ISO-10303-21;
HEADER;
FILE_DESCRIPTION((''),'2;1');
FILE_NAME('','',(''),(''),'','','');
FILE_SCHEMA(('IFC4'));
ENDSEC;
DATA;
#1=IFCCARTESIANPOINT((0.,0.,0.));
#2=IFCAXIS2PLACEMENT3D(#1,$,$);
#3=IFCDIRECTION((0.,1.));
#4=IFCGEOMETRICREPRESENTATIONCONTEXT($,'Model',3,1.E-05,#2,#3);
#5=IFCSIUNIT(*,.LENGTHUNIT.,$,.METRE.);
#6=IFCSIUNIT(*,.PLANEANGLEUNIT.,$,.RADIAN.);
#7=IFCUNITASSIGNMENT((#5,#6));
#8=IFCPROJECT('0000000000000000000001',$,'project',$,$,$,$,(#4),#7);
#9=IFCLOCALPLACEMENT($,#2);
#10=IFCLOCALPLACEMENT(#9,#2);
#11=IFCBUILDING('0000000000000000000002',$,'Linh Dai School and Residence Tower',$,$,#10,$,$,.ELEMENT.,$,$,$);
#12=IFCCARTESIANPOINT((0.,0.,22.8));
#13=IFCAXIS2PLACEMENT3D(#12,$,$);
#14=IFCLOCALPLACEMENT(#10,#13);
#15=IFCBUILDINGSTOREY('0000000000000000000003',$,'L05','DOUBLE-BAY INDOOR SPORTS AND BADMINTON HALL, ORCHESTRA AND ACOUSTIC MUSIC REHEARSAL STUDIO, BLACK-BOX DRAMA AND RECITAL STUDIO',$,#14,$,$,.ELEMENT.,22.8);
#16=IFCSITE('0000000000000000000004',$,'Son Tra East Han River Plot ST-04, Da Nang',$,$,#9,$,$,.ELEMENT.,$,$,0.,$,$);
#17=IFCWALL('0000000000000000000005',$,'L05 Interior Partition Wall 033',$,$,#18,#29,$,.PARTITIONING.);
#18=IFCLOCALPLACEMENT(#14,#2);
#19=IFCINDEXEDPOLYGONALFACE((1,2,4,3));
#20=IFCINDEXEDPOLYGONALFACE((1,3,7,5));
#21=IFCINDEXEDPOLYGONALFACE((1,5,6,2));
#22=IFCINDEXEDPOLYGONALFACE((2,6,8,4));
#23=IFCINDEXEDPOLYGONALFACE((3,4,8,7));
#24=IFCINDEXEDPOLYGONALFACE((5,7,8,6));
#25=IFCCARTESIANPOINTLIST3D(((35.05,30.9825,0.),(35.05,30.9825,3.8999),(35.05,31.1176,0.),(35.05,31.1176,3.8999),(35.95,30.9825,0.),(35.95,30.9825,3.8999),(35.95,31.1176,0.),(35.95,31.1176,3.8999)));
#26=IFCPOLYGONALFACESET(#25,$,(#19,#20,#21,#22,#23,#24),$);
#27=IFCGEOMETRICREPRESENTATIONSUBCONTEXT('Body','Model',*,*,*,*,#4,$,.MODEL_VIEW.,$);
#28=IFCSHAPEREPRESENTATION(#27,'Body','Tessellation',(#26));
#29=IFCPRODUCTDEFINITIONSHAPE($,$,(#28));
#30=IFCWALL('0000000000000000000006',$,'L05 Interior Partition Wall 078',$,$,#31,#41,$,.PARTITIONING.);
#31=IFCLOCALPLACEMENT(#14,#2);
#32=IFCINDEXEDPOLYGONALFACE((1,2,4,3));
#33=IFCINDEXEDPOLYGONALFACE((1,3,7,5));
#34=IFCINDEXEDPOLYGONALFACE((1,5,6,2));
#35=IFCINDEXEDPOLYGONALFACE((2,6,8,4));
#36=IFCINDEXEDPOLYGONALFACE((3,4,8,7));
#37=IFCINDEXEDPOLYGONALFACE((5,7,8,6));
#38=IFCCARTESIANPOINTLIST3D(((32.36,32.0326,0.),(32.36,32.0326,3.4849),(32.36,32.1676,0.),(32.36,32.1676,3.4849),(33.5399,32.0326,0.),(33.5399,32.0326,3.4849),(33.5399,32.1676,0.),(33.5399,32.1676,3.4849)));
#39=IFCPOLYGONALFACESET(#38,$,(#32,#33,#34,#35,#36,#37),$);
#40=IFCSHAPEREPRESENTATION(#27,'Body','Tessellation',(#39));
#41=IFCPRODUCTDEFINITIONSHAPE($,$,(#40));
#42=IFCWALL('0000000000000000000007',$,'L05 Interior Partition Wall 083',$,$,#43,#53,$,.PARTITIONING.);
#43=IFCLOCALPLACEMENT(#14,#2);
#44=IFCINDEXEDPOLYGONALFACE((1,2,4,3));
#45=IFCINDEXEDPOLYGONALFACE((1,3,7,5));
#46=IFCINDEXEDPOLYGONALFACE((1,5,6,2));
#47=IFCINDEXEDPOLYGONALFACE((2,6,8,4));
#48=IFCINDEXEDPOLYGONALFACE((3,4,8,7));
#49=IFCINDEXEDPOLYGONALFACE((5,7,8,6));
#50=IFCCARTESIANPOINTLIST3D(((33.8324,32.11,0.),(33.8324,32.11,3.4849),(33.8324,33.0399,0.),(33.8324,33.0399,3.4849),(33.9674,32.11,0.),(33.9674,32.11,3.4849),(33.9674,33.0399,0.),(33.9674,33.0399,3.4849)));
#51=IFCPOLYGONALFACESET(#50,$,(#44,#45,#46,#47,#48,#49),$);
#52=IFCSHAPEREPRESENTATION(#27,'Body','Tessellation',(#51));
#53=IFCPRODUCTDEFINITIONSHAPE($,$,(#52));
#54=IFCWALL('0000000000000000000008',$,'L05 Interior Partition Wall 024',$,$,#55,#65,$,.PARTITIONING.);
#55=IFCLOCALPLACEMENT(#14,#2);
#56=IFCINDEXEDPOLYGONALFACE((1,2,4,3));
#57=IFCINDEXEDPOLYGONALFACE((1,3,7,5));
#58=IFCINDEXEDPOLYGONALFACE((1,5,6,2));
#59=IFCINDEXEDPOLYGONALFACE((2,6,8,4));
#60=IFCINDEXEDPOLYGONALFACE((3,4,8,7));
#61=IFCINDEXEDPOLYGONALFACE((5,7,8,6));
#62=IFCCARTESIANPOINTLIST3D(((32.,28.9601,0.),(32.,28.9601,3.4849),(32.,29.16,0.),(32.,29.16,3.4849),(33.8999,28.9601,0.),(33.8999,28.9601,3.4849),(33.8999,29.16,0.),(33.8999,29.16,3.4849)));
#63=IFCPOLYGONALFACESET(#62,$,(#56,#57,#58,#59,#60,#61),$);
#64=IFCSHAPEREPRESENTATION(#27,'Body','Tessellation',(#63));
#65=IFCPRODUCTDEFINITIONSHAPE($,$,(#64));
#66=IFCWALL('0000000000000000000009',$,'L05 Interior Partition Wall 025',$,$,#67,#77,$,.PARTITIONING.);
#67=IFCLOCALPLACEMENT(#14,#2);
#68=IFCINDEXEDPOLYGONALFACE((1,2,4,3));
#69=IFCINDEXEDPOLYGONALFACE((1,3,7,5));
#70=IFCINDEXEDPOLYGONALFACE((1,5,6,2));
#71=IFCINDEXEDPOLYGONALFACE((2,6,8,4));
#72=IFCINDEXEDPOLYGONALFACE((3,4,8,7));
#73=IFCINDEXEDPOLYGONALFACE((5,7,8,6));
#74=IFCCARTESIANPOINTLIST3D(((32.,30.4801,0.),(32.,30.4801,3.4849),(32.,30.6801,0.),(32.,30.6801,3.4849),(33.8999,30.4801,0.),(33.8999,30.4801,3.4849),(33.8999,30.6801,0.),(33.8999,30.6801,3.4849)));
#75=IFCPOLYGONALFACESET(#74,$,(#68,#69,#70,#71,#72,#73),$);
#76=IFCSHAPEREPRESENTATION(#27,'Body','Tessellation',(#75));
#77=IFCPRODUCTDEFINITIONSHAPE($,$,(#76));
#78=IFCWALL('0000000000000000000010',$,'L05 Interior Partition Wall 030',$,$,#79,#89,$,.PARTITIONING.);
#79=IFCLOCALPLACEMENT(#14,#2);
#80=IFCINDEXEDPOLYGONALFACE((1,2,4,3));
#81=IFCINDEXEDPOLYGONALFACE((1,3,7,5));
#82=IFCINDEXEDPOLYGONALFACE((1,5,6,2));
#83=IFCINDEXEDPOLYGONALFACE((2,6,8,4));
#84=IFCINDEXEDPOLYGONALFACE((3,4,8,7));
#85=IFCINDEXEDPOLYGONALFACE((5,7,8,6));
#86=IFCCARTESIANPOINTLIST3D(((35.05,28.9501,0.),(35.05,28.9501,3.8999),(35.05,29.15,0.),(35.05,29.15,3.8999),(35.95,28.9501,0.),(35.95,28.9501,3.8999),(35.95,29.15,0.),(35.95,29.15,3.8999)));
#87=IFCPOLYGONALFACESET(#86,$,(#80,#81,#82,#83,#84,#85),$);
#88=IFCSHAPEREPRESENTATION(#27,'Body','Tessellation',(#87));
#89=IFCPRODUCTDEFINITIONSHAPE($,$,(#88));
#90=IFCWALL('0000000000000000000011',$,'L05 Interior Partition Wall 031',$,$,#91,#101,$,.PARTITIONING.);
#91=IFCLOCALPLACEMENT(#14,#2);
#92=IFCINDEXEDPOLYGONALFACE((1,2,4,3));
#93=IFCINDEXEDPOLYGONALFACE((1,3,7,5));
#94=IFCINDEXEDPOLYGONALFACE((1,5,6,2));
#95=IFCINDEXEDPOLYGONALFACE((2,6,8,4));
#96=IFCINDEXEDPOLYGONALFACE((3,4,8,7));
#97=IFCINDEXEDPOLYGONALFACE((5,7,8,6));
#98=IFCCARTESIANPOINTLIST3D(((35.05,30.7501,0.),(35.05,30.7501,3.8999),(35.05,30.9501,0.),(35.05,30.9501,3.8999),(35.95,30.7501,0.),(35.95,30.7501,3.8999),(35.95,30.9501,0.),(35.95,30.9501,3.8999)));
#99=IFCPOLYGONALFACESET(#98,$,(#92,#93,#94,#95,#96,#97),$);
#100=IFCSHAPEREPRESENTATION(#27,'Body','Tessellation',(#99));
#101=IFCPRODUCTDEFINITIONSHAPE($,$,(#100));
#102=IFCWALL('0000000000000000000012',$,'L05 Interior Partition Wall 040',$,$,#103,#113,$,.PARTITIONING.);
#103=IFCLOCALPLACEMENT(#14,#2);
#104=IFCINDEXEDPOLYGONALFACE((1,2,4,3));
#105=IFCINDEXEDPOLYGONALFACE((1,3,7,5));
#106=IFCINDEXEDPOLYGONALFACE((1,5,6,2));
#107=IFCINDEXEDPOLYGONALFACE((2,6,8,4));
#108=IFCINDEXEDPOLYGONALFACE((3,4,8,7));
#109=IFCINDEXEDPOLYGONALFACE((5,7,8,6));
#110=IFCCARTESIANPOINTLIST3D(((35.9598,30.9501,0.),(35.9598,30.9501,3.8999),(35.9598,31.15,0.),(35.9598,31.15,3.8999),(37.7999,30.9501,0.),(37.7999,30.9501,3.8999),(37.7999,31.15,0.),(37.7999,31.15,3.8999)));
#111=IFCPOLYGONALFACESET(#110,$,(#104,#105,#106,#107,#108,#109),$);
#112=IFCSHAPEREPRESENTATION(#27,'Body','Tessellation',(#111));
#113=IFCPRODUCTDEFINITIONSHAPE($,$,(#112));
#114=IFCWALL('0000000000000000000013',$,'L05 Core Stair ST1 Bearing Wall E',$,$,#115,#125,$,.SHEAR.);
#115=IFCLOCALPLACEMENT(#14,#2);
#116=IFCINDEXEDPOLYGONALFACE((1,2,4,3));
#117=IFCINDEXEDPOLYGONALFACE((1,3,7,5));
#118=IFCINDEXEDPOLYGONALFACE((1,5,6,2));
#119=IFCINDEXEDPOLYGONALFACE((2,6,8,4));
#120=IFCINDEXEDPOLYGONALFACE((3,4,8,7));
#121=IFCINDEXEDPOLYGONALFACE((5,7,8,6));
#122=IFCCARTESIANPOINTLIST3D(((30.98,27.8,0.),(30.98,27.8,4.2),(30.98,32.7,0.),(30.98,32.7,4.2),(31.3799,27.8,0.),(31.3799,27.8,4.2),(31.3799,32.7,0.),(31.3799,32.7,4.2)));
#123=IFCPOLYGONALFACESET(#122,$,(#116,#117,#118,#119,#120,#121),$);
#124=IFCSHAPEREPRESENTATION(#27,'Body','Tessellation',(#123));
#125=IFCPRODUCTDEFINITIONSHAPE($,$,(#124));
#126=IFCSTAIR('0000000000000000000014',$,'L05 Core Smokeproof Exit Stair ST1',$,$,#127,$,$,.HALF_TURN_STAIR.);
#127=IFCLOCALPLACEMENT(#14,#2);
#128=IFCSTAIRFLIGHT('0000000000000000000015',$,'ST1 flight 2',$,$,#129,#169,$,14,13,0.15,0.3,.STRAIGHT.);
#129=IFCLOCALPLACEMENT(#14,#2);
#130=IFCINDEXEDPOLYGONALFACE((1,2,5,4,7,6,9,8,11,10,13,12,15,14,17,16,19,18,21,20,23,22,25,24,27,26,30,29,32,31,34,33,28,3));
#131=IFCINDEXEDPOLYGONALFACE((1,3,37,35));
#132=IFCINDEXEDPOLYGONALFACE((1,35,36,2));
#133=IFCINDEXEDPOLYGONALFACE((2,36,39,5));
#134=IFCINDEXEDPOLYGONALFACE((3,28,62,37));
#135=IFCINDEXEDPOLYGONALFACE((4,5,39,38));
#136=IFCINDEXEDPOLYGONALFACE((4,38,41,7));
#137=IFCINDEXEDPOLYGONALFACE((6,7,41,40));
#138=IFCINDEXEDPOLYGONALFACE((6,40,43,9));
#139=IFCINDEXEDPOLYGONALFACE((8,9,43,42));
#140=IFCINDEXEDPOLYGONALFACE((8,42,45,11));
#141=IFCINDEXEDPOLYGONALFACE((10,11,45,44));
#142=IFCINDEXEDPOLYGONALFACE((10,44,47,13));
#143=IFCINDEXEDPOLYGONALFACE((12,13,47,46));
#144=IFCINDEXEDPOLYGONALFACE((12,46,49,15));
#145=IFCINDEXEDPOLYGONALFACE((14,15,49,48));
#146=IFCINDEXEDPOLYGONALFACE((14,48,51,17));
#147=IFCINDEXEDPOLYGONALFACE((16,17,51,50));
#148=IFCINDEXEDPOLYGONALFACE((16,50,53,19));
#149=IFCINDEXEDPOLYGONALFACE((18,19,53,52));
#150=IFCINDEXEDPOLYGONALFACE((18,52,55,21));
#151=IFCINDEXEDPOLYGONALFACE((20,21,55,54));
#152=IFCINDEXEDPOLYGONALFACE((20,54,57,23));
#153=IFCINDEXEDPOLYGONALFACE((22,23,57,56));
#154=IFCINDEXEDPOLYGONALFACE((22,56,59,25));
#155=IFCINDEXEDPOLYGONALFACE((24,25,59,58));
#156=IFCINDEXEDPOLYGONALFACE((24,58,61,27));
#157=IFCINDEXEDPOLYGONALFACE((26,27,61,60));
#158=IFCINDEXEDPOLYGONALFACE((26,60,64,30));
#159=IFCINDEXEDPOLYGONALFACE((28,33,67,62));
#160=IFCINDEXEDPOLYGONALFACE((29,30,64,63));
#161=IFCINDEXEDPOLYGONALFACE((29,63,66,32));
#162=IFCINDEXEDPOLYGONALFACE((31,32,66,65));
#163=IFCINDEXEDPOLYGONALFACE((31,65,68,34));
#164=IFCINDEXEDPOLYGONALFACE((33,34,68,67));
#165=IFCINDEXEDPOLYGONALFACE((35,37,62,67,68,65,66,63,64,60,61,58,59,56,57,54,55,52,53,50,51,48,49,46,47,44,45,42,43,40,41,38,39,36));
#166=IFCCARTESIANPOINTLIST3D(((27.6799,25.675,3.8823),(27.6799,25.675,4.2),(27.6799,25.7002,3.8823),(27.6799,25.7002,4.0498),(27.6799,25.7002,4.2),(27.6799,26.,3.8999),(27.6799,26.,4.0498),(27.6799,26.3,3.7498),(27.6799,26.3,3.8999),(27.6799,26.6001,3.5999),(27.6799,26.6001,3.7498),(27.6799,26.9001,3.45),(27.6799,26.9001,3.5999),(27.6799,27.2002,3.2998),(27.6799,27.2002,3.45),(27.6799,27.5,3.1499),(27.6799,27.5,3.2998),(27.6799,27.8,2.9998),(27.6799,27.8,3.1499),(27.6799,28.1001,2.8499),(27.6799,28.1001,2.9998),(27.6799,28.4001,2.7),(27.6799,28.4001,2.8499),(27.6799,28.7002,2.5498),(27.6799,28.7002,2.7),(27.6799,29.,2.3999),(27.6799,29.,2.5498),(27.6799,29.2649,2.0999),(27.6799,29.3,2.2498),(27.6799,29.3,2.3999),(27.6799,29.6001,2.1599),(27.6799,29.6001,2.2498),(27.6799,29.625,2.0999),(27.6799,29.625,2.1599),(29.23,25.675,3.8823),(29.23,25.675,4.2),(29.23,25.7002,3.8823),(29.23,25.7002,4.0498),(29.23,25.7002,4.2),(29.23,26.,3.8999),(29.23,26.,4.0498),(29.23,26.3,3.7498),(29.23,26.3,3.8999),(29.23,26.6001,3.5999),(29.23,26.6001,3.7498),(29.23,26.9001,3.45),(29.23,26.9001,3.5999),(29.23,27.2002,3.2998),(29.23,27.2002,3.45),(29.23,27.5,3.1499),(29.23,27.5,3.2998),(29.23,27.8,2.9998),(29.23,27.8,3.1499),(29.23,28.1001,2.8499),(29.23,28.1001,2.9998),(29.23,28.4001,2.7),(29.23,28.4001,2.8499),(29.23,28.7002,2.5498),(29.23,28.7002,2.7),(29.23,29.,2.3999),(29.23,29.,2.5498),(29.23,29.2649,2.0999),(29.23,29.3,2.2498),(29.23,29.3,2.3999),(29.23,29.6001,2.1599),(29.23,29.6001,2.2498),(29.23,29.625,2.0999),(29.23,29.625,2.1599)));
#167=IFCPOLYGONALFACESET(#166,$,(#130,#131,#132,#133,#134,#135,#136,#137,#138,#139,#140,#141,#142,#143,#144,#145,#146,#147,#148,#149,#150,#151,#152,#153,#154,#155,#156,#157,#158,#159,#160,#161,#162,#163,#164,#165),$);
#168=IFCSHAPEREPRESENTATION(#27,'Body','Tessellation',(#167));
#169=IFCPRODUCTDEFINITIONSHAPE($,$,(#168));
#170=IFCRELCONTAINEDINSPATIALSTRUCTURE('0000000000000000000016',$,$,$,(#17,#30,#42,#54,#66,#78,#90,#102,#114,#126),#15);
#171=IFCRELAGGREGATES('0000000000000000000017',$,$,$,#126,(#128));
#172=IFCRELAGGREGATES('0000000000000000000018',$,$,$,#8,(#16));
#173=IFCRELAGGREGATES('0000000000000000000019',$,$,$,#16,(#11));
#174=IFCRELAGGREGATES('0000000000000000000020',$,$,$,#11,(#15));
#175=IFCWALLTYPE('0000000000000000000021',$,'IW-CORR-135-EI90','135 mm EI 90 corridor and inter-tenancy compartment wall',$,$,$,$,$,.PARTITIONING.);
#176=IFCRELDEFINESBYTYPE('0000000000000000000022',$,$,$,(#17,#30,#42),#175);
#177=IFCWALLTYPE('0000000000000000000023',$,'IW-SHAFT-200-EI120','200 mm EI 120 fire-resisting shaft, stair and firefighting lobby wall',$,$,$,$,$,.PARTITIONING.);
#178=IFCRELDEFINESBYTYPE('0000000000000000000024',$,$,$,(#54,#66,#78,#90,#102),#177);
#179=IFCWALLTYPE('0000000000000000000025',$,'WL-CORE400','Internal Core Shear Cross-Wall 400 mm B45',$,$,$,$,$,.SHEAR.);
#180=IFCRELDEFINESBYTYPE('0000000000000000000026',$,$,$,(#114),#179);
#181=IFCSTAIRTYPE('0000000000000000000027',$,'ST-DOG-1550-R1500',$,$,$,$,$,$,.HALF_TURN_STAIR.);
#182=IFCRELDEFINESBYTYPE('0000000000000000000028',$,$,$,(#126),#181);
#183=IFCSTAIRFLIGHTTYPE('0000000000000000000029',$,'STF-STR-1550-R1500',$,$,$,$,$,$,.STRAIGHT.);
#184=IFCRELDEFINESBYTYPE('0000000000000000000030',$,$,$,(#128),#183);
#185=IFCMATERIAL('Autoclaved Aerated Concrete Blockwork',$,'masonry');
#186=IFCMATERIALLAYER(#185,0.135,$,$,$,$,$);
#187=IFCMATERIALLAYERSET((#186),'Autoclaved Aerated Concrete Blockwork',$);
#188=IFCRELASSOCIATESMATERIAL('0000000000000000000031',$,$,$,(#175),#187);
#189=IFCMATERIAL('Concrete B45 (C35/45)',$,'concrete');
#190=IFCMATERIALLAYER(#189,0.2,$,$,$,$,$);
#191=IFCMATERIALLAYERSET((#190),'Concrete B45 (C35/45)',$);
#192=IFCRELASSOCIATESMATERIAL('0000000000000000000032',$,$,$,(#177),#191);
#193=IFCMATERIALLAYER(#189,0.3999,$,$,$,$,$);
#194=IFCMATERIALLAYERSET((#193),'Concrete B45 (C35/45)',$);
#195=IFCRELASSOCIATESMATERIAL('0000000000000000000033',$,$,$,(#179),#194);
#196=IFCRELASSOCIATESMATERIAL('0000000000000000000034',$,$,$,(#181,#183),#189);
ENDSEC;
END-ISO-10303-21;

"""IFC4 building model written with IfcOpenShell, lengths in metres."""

from ifc_helpers import new_model, si_unit, direction, frame, frame_2d, origin, place, context, subcontext, project, spatial, polyline, rectangle, outline, extrude, source, transform, mapped, material, layer, layer_set, type_object, element, aggregate, save


model = new_model("IFC4")

# Units and contexts
model_context = context("Model", 3, precision=1e-05, world=origin(), true_north=direction((0.0, 1.0)))
body_context = subcontext(model_context, "Body", "Model", "MODEL_VIEW")
ifc_project = project(units=[si_unit("LENGTHUNIT", "METRE"), si_unit("PLANEANGLEUNIT", "RADIAN")], contexts=[model_context])

# Site, building, storey
site_placement = place(None, origin())
site = spatial("IfcSite", under=ifc_project, at=site_placement, Name="Son Tra East Han River Plot ST-04, Da Nang", CompositionType="ELEMENT", RefElevation=0.0)
building_placement = place(site_placement, origin())
building = spatial("IfcBuilding", under=site, at=building_placement, Name="Linh Dai School and Residence Tower", CompositionType="ELEMENT")
storey_placement = place(building_placement, frame((0.0, 0.0, 22.8)))
storey = spatial("IfcBuildingStorey", under=building, at=storey_placement, Name="L05", Description="DOUBLE-BAY INDOOR SPORTS AND BADMINTON HALL, ORCHESTRA AND ACOUSTIC MUSIC REHEARSAL STUDIO, BLACK-BOX DRAMA AND RECITAL STUDIO", CompositionType="ELEMENT", Elevation=22.8)

# Shared definitions
ifc_material_1 = material(Name="Autoclaved Aerated Concrete Blockwork", Category="masonry")
ifc_layer_1 = layer(ifc_material_1, 0.135)
ifc_layer_set_1 = layer_set([ifc_layer_1], Name="Autoclaved Aerated Concrete Blockwork")
wall_type_1 = type_object("IfcWallType", Name="IW-CORR-135-EI90", Description="135 mm EI 90 corridor and inter-tenancy compartment wall", PredefinedType="PARTITIONING", material=ifc_layer_set_1)

# Walls
wall_1_placement = place(storey_placement, frame((35.05, 31.05, 0.0), z_axis=(0.0, 0.0, 1.0), x_axis=(1.0, 0.0, 0.0)))
element("IfcWall", 1, at=wall_1_placement, inside=storey, type_object=wall_type_1, Name="L05 Interior Partition Wall 033", PredefinedType="PARTITIONING", context=body_context, shape_type="SweptSolid", body=[
    extrude(rectangle(XDim=0.8999, YDim=0.135, at=frame_2d((0.45, 0.0))), origin(), (0.0, 0.0, 1.0), 3.8999),
])
wall_2_placement = place(storey_placement, frame((32.3601, 32.1001, 0.0), z_axis=(0.0, 0.0, 1.0), x_axis=(1.0, 0.0, 0.0)))
element("IfcWall", 2, at=wall_2_placement, inside=storey, type_object=wall_type_1, Name="L05 Interior Partition Wall 078", PredefinedType="PARTITIONING", context=body_context, shape_type="SweptSolid", body=[
    extrude(rectangle(XDim=1.1799, YDim=0.135, at=frame_2d((0.5898, 0.0))), origin(), (0.0, 0.0, 1.0), 3.4849),
])
wall_3_placement = place(storey_placement, frame((33.8999, 32.1101, 0.0), z_axis=(0.0, 0.0, 1.0), x_axis=(0.0, 1.0, 0.0)))
element("IfcWall", 3, at=wall_3_placement, inside=storey, type_object=wall_type_1, Name="L05 Interior Partition Wall 083", PredefinedType="PARTITIONING", context=body_context, shape_type="SweptSolid", body=[
    extrude(rectangle(XDim=0.9299, YDim=0.135, at=frame_2d((0.4648, 0.0))), origin(), (0.0, 0.0, 1.0), 3.4849),
])
ifc_material_2 = material(Name="Concrete B45 (C35/45)", Category="concrete")
ifc_layer_2 = layer(ifc_material_2, 0.2)
ifc_layer_set_2 = layer_set([ifc_layer_2], Name="Concrete B45 (C35/45)")
wall_type_2 = type_object("IfcWallType", Name="IW-SHAFT-200-EI120", Description="200 mm EI 120 fire-resisting shaft, stair and firefighting lobby wall", PredefinedType="PARTITIONING", material=ifc_layer_set_2)
for number, where, z_axis, x_axis, name in (
    (4, (32.0, 29.0601, 0.0), (0.0, 0.0, 1.0), (1.0, 0.0, 0.0), "L05 Interior Partition Wall 024"),
    (5, (32.0, 30.5801, 0.0), (0.0, 0.0, 1.0), (1.0, 0.0, 0.0), "L05 Interior Partition Wall 025"),
):
    element("IfcWall", number, at=place(storey_placement, frame(where, z_axis=z_axis, x_axis=x_axis)), inside=storey, type_object=wall_type_2, Name=name, PredefinedType="PARTITIONING", context=body_context, shape_type="SweptSolid", body=[
        extrude(rectangle(XDim=1.8999, YDim=0.2, at=frame_2d((0.95, 0.0))), origin(), (0.0, 0.0, 1.0), 3.4849),
    ])
for number, where, z_axis, x_axis, name in (
    (6, (35.05, 29.05, 0.0), (0.0, 0.0, 1.0), (1.0, 0.0, 0.0), "L05 Interior Partition Wall 030"),
    (7, (35.05, 30.8501, 0.0), (0.0, 0.0, 1.0), (1.0, 0.0, 0.0), "L05 Interior Partition Wall 031"),
):
    element("IfcWall", number, at=place(storey_placement, frame(where, z_axis=z_axis, x_axis=x_axis)), inside=storey, type_object=wall_type_2, Name=name, PredefinedType="PARTITIONING", context=body_context, shape_type="SweptSolid", body=[
        extrude(rectangle(XDim=0.8999, YDim=0.2, at=frame_2d((0.45, 0.0))), origin(), (0.0, 0.0, 1.0), 3.8999),
    ])

# Walls
wall_4_placement = place(storey_placement, frame((35.96, 31.05, 0.0), z_axis=(0.0, 0.0, 1.0), x_axis=(1.0, 0.0, 0.0)))
element("IfcWall", 8, at=wall_4_placement, inside=storey, type_object=wall_type_2, Name="L05 Interior Partition Wall 040", PredefinedType="PARTITIONING", context=body_context, shape_type="SweptSolid", body=[
    extrude(rectangle(XDim=1.8401, YDim=0.2, at=frame_2d((0.9199, 0.0))), origin(), (0.0, 0.0, 1.0), 3.8999),
])
ifc_layer_3 = layer(ifc_material_2, 0.3999)
ifc_layer_set_3 = layer_set([ifc_layer_3], Name="Concrete B45 (C35/45)")
wall_type_3 = type_object("IfcWallType", Name="WL-CORE400", Description="Internal Core Shear Cross-Wall 400 mm B45", PredefinedType="SHEAR", material=ifc_layer_set_3)
wall_5_placement = place(storey_placement, frame((31.1799, 27.8, 0.0), z_axis=(0.0, 0.0, 1.0), x_axis=(0.0, 1.0, 0.0)))
element("IfcWall", 9, at=wall_5_placement, inside=storey, type_object=wall_type_3, Name="L05 Core Stair ST1 Bearing Wall E", PredefinedType="SHEAR", context=body_context, shape_type="SweptSolid", body=[
    extrude(rectangle(XDim=4.8999, YDim=0.3999, at=frame_2d((2.45, 0.0))), origin(), (0.0, 0.0, 1.0), 4.2),
])

# Stair, stair flight
stair_type = type_object("IfcStairType", Name="ST-DOG-1550-R1500", PredefinedType="HALF_TURN_STAIR", material=ifc_material_2)
stair_placement = place(storey_placement, origin())
stair = element("IfcStair", 10, at=stair_placement, inside=storey, type_object=stair_type, Name="L05 Core Smokeproof Exit Stair ST1", PredefinedType="HALF_TURN_STAIR")
stair_flight_type = type_object("IfcStairFlightType", Name="STF-STR-1550-R1500", PredefinedType="STRAIGHT", material=ifc_material_2)
shared_shape_1 = source(origin(), body_context, "Body", "SweptSolid", [
    extrude(outline(polyline([(-0.0249, 0.0), (-0.0249, 0.0601), (0.0, 0.0601), (0.0, 0.1499), (0.3, 0.1499), (0.3, 0.3), (0.6001, 0.3), (0.6001, 0.45), (0.8999, 0.45), (0.8999, 0.6001), (1.2, 0.6001), (1.2, 0.75), (1.5, 0.75), (1.5, 0.8999), (1.8, 0.8999), (1.8, 1.05), (2.1001, 1.05), (2.1001, 1.2), (2.3999, 1.2), (2.3999, 1.3501), (2.7, 1.3501), (2.7, 1.5), (3.0, 1.5), (3.0, 1.6499), (3.3, 1.6499), (3.3, 1.8), (3.6001, 1.8), (3.6001, 1.95), (3.8999, 1.95), (3.8999, 2.1001), (3.925, 2.1001), (3.925, 1.7825), (3.8999, 1.7825), (0.3352, 0.0), (-0.0249, 0.0)])), frame((0.0, 0.7749, 0.0), z_axis=(0.0, -1.0, 0.0), x_axis=(1.0, 0.0, 0.0)), (0.0, 0.0, 1.0), 1.55),
])
stair_flight_placement = place(storey_placement, frame((28.4551, 29.6001, 2.0999), z_axis=(0.0, 0.0, 1.0), x_axis=(0.0, -1.0, 0.0)))
stair_flight = element("IfcStairFlight", 11, at=stair_flight_placement, type_object=stair_flight_type, Name="ST1 flight 2", NumberOfRisers=14, NumberOfTreads=13, PredefinedType="STRAIGHT", RiserHeight=0.15, TreadLength=0.3, context=body_context, shape_type="MappedRepresentation", body=[
    mapped(shared_shape_1, transform((0.0, 0.0, 0.0), x_axis=(1.0, 0.0, 0.0), y_axis=(0.0, 1.0, 0.0), z_axis=(0.0, 0.0, 1.0), scale=1.0)),
])
aggregate(stair, [stair_flight])

save(model, "model.ifc")
